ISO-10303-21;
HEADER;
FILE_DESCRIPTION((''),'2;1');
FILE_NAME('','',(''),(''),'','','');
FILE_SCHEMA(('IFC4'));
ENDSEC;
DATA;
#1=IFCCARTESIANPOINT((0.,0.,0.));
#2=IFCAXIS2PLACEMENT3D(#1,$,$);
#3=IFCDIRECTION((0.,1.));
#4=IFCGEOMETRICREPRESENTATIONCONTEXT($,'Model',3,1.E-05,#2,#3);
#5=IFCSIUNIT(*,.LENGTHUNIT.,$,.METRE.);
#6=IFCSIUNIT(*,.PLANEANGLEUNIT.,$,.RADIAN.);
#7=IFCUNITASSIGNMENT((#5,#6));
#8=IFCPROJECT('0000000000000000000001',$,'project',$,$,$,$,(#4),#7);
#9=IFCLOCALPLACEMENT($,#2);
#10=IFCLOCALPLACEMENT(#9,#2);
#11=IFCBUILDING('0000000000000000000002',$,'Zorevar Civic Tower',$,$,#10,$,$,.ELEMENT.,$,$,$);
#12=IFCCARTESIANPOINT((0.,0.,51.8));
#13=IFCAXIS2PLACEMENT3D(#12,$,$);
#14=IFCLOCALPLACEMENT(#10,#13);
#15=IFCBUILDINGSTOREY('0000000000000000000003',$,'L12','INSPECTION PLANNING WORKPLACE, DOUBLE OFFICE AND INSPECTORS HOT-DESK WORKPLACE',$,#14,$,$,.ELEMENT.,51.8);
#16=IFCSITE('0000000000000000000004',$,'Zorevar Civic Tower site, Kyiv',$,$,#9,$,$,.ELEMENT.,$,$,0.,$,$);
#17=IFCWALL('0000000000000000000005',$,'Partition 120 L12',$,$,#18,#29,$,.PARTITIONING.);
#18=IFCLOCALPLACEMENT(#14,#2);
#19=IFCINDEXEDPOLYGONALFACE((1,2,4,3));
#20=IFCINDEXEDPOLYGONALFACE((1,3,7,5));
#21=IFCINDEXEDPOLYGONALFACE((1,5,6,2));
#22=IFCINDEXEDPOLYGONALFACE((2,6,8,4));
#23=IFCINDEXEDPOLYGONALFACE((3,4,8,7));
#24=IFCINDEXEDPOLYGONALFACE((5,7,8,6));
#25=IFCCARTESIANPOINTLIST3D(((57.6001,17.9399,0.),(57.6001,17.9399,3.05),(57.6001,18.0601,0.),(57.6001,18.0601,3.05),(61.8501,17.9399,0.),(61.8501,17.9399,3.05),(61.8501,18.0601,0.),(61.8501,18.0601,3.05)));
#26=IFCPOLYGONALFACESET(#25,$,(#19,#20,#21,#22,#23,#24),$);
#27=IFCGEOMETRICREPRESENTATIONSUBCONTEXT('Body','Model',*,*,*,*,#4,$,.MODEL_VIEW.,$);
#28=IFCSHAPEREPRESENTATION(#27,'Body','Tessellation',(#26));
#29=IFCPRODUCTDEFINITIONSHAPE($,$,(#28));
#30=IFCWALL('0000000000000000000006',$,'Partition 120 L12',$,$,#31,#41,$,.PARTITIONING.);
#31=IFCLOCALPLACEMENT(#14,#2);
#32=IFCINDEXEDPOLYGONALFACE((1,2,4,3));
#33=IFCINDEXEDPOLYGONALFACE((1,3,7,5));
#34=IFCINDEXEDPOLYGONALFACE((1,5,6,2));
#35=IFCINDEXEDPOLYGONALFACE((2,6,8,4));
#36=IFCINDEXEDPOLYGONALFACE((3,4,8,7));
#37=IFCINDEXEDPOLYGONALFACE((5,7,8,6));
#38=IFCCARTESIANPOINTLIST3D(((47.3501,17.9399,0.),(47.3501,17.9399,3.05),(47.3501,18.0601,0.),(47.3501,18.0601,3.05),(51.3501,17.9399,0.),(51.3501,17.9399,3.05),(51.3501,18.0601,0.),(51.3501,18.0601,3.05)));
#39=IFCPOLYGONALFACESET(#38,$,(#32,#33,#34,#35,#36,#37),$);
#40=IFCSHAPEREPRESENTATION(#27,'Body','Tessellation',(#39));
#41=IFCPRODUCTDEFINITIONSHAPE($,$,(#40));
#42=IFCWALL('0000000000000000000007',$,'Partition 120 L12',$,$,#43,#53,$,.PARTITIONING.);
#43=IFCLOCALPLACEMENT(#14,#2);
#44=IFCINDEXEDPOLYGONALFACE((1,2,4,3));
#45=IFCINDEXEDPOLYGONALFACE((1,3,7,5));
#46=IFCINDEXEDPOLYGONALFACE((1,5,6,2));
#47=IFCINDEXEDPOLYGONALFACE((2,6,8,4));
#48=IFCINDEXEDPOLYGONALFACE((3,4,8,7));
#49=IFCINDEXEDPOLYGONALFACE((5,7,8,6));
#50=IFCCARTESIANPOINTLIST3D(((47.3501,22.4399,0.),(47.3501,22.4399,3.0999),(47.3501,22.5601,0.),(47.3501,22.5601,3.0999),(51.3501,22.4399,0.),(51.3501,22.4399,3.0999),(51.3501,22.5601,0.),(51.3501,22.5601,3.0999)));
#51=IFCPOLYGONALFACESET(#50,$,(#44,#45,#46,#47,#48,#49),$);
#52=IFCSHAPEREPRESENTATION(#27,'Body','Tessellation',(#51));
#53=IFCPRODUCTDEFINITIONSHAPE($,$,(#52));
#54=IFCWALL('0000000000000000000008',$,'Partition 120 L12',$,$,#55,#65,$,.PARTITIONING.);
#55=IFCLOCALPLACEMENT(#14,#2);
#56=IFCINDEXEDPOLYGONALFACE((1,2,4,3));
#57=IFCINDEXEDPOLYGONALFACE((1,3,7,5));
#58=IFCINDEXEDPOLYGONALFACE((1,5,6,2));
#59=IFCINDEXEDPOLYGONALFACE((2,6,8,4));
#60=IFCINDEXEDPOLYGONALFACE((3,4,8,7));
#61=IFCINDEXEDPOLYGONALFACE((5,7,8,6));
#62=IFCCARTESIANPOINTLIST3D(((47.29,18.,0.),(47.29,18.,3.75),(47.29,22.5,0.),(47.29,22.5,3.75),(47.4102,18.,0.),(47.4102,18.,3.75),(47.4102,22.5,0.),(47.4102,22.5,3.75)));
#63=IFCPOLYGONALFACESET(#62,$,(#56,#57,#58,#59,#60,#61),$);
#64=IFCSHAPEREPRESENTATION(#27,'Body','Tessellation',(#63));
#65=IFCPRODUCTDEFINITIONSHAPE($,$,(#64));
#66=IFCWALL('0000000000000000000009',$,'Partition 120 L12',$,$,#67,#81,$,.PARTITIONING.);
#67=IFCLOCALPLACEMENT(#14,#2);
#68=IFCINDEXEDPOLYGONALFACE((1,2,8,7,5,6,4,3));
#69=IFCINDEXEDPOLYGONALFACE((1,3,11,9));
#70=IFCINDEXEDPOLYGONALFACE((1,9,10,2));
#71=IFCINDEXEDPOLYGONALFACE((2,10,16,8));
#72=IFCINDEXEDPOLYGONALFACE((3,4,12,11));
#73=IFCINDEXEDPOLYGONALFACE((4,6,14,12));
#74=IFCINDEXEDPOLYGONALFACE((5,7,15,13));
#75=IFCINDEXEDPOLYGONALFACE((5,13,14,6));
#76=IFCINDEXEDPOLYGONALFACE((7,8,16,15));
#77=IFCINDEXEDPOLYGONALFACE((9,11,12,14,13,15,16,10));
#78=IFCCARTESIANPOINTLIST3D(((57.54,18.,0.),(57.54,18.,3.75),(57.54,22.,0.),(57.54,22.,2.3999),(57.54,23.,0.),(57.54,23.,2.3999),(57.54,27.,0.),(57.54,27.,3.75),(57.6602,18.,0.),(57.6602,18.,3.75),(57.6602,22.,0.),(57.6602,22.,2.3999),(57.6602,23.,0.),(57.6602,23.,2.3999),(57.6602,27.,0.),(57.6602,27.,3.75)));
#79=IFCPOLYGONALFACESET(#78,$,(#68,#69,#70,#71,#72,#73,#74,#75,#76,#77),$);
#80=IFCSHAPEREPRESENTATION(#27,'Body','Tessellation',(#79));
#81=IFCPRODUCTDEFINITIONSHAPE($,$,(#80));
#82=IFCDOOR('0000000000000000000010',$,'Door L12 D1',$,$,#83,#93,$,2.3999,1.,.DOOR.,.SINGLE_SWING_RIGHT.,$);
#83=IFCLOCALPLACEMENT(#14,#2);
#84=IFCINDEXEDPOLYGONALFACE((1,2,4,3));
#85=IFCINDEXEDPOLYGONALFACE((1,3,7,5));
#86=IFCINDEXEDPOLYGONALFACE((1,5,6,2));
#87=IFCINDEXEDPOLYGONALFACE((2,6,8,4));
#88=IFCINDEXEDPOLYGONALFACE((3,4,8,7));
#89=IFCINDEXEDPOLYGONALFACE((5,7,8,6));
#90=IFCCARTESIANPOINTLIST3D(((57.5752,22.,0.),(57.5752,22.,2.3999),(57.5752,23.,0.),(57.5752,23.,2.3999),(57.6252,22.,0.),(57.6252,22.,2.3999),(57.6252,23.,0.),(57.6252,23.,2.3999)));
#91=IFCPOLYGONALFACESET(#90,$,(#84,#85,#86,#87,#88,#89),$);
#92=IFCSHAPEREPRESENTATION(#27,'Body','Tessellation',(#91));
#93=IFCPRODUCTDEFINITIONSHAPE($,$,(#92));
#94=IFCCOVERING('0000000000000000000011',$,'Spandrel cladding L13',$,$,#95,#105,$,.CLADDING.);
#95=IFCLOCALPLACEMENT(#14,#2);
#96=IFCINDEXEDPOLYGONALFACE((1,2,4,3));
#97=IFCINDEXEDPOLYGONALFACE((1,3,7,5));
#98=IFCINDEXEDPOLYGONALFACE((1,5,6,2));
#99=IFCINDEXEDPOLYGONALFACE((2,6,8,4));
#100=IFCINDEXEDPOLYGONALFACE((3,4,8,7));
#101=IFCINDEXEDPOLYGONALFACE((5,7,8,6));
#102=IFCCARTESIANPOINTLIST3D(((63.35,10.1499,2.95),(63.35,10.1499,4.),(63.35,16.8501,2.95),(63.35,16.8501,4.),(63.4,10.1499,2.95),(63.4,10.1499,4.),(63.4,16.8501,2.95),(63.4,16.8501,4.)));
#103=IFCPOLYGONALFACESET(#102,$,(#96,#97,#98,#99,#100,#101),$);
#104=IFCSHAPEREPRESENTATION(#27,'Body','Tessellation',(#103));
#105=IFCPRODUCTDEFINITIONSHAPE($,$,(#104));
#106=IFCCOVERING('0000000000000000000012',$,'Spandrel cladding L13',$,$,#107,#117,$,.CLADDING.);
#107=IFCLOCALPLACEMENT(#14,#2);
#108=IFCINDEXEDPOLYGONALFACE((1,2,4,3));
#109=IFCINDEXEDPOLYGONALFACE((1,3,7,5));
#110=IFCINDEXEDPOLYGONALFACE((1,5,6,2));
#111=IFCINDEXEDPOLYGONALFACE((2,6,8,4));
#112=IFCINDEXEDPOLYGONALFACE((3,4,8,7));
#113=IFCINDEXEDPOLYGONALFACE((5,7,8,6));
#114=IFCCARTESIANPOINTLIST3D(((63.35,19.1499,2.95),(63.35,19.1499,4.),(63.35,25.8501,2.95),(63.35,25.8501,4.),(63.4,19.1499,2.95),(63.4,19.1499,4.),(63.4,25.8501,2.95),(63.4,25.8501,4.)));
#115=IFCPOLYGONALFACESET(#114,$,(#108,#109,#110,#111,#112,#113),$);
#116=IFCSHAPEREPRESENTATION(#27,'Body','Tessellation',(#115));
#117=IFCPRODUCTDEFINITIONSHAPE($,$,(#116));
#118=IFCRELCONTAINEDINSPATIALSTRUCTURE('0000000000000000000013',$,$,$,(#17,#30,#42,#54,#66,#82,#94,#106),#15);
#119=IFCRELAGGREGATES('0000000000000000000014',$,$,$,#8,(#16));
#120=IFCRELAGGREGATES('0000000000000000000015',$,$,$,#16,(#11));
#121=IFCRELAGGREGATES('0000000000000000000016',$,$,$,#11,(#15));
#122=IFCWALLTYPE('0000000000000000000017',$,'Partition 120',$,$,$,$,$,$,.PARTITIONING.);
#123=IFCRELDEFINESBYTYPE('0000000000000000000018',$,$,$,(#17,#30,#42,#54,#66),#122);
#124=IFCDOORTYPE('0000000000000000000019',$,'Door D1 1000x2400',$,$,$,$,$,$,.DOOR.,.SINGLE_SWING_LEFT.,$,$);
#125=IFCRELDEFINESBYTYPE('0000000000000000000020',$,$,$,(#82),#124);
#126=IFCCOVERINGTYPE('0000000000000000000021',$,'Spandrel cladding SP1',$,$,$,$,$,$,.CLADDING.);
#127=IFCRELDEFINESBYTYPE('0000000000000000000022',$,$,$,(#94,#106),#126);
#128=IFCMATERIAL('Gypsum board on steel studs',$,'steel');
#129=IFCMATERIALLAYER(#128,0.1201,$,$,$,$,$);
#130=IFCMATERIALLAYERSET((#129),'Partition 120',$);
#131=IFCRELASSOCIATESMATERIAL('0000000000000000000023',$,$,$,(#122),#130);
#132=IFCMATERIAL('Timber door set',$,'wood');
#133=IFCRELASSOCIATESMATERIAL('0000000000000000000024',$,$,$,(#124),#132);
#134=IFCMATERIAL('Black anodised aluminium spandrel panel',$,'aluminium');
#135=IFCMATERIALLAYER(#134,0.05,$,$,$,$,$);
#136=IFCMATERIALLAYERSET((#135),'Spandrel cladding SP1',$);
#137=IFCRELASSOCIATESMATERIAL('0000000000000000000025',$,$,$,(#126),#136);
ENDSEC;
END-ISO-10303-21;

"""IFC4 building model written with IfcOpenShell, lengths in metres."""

from ifc_helpers import new_model, si_unit, direction, frame, frame_2d, origin, place, context, subcontext, project, spatial, rectangle, extrude, material, layer, layer_set, type_object, element, fill, save


model = new_model("IFC4")

# Units and contexts
model_context = context("Model", 3, precision=1e-05, world=origin(), true_north=direction((0.0, 1.0)))
body_context = subcontext(model_context, "Body", "Model", "MODEL_VIEW")
ifc_project = project(units=[si_unit("LENGTHUNIT", "METRE"), si_unit("PLANEANGLEUNIT", "RADIAN")], contexts=[model_context])

# Site, building, storey
site_placement = place(None, origin())
site = spatial("IfcSite", under=ifc_project, at=site_placement, Name="Zorevar Civic Tower site, Kyiv", CompositionType="ELEMENT", RefElevation=0.0)
building_placement = place(site_placement, origin())
building = spatial("IfcBuilding", under=site, at=building_placement, Name="Zorevar Civic Tower", CompositionType="ELEMENT")
storey_placement = place(building_placement, frame((0.0, 0.0, 51.8)))
storey = spatial("IfcBuildingStorey", under=building, at=storey_placement, Name="L12", Description="INSPECTION PLANNING WORKPLACE, DOUBLE OFFICE AND INSPECTORS HOT-DESK WORKPLACE", CompositionType="ELEMENT", Elevation=51.8)

# Walls
ifc_material_1 = material(Name="Gypsum board on steel studs", Category="steel")
ifc_layer_1 = layer(ifc_material_1, 0.1201)
ifc_layer_set_1 = layer_set([ifc_layer_1], Name="Partition 120")
wall_type_1 = type_object("IfcWallType", Name="Partition 120", PredefinedType="PARTITIONING", material=ifc_layer_set_1)
wall_1_placement = place(storey_placement, frame((57.6001, 18.0, 0.0), z_axis=(0.0, 0.0, 1.0), x_axis=(1.0, 0.0, 0.0)))
element("IfcWall", 1, at=wall_1_placement, inside=storey, type_object=wall_type_1, Name="Partition 120 L12", PredefinedType="PARTITIONING", context=body_context, shape_type="SweptSolid", body=[
    extrude(rectangle(XDim=4.25, YDim=0.1201, at=frame_2d((2.125, 0.0))), origin(), (0.0, 0.0, 1.0), 3.05),
])
wall_2_placement = place(storey_placement, frame((47.3501, 18.0, 0.0), z_axis=(0.0, 0.0, 1.0), x_axis=(1.0, 0.0, 0.0)))
element("IfcWall", 2, at=wall_2_placement, inside=storey, type_object=wall_type_1, Name="Partition 120 L12", PredefinedType="PARTITIONING", context=body_context, shape_type="SweptSolid", body=[
    extrude(rectangle(XDim=4.0, YDim=0.1201, at=frame_2d((2.0, 0.0))), origin(), (0.0, 0.0, 1.0), 3.05),
])
wall_3_placement = place(storey_placement, frame((47.3501, 22.5, 0.0), z_axis=(0.0, 0.0, 1.0), x_axis=(1.0, 0.0, 0.0)))
element("IfcWall", 3, at=wall_3_placement, inside=storey, type_object=wall_type_1, Name="Partition 120 L12", PredefinedType="PARTITIONING", context=body_context, shape_type="SweptSolid", body=[
    extrude(rectangle(XDim=4.0, YDim=0.1201, at=frame_2d((2.0, 0.0))), origin(), (0.0, 0.0, 1.0), 3.0999),
])
wall_4_placement = place(storey_placement, frame((47.3501, 18.0, 0.0), z_axis=(0.0, 0.0, 1.0), x_axis=(0.0, 1.0, 0.0)))
element("IfcWall", 4, at=wall_4_placement, inside=storey, type_object=wall_type_1, Name="Partition 120 L12", PredefinedType="PARTITIONING", context=body_context, shape_type="SweptSolid", body=[
    extrude(rectangle(XDim=4.5, YDim=0.1201, at=frame_2d((2.25, 0.0))), origin(), (0.0, 0.0, 1.0), 3.75),
])

# Wall, opening, door
wall_5_placement = place(storey_placement, frame((57.6001, 18.0, 0.0), z_axis=(0.0, 0.0, 1.0), x_axis=(0.0, 1.0, 0.0)))
wall_5 = element("IfcWall", 5, at=wall_5_placement, inside=storey, type_object=wall_type_1, Name="Partition 120 L12", PredefinedType="PARTITIONING", context=body_context, shape_type="SweptSolid", body=[
    extrude(rectangle(XDim=9.0, YDim=0.1201, at=frame_2d((4.5, 0.0))), origin(), (0.0, 0.0, 1.0), 3.75),
])
opening_1_placement = place(wall_5_placement, frame((4.0, 0.0, 0.0)))
opening_1 = element("IfcOpeningElement", 6, at=opening_1_placement, cuts=wall_5, PredefinedType="OPENING", context=body_context, shape_type="SweptSolid", body=[
    extrude(rectangle(XDim=1.0, YDim=2.3999, at=frame_2d((0.5, 1.2))), frame((0.0, 0.0701, 0.0), z_axis=(0.0, -1.0, 0.0), x_axis=(1.0, 0.0, 0.0)), (0.0, 0.0, 1.0), 0.1401),
])
ifc_material_2 = material(Name="Timber door set", Category="wood")
door_type_1 = type_object("IfcDoorType", Name="Door D1 1000x2400", OperationType="SINGLE_SWING_LEFT", PredefinedType="DOOR", material=ifc_material_2)
door_1_placement = place(opening_1_placement, origin())
door_1 = element("IfcDoor", 7, at=door_1_placement, inside=storey, type_object=door_type_1, Name="Door L12 D1", OperationType="SINGLE_SWING_RIGHT", OverallHeight=2.3999, OverallWidth=1.0, PredefinedType="DOOR", context=body_context, shape_type="SweptSolid", body=[
    extrude(rectangle(XDim=1.0, YDim=2.3999, at=frame_2d((0.5, 1.2))), frame((0.0, 0.0249, 0.0), z_axis=(0.0, -1.0, 0.0), x_axis=(1.0, 0.0, 0.0)), (0.0, 0.0, 1.0), 0.05),
])
fill(opening_1, door_1)

# Coverings
ifc_material_3 = material(Name="Black anodised aluminium spandrel panel", Category="aluminium")
ifc_layer_2 = layer(ifc_material_3, 0.05)
ifc_layer_set_2 = layer_set([ifc_layer_2], Name="Spandrel cladding SP1")
covering_type = type_object("IfcCoveringType", Name="Spandrel cladding SP1", PredefinedType="CLADDING", material=ifc_layer_set_2)
for number, where, z_axis, x_axis, name in (
    (8, (63.375, 10.1499, 2.95), (0.0, 0.0, 1.0), (0.0, 1.0, 0.0), "Spandrel cladding L13"),
    (9, (63.375, 19.1499, 2.95), (0.0, 0.0, 1.0), (0.0, 1.0, 0.0), "Spandrel cladding L13"),
):
    element("IfcCovering", number, at=place(storey_placement, frame(where, z_axis=z_axis, x_axis=x_axis)), inside=storey, type_object=covering_type, Name=name, PredefinedType="CLADDING", context=body_context, shape_type="SweptSolid", body=[
        extrude(rectangle(XDim=6.7002, YDim=0.05, at=frame_2d((3.3501, 0.0))), origin(), (0.0, 0.0, 1.0), 1.05),
    ])

save(model, "model.ifc")
